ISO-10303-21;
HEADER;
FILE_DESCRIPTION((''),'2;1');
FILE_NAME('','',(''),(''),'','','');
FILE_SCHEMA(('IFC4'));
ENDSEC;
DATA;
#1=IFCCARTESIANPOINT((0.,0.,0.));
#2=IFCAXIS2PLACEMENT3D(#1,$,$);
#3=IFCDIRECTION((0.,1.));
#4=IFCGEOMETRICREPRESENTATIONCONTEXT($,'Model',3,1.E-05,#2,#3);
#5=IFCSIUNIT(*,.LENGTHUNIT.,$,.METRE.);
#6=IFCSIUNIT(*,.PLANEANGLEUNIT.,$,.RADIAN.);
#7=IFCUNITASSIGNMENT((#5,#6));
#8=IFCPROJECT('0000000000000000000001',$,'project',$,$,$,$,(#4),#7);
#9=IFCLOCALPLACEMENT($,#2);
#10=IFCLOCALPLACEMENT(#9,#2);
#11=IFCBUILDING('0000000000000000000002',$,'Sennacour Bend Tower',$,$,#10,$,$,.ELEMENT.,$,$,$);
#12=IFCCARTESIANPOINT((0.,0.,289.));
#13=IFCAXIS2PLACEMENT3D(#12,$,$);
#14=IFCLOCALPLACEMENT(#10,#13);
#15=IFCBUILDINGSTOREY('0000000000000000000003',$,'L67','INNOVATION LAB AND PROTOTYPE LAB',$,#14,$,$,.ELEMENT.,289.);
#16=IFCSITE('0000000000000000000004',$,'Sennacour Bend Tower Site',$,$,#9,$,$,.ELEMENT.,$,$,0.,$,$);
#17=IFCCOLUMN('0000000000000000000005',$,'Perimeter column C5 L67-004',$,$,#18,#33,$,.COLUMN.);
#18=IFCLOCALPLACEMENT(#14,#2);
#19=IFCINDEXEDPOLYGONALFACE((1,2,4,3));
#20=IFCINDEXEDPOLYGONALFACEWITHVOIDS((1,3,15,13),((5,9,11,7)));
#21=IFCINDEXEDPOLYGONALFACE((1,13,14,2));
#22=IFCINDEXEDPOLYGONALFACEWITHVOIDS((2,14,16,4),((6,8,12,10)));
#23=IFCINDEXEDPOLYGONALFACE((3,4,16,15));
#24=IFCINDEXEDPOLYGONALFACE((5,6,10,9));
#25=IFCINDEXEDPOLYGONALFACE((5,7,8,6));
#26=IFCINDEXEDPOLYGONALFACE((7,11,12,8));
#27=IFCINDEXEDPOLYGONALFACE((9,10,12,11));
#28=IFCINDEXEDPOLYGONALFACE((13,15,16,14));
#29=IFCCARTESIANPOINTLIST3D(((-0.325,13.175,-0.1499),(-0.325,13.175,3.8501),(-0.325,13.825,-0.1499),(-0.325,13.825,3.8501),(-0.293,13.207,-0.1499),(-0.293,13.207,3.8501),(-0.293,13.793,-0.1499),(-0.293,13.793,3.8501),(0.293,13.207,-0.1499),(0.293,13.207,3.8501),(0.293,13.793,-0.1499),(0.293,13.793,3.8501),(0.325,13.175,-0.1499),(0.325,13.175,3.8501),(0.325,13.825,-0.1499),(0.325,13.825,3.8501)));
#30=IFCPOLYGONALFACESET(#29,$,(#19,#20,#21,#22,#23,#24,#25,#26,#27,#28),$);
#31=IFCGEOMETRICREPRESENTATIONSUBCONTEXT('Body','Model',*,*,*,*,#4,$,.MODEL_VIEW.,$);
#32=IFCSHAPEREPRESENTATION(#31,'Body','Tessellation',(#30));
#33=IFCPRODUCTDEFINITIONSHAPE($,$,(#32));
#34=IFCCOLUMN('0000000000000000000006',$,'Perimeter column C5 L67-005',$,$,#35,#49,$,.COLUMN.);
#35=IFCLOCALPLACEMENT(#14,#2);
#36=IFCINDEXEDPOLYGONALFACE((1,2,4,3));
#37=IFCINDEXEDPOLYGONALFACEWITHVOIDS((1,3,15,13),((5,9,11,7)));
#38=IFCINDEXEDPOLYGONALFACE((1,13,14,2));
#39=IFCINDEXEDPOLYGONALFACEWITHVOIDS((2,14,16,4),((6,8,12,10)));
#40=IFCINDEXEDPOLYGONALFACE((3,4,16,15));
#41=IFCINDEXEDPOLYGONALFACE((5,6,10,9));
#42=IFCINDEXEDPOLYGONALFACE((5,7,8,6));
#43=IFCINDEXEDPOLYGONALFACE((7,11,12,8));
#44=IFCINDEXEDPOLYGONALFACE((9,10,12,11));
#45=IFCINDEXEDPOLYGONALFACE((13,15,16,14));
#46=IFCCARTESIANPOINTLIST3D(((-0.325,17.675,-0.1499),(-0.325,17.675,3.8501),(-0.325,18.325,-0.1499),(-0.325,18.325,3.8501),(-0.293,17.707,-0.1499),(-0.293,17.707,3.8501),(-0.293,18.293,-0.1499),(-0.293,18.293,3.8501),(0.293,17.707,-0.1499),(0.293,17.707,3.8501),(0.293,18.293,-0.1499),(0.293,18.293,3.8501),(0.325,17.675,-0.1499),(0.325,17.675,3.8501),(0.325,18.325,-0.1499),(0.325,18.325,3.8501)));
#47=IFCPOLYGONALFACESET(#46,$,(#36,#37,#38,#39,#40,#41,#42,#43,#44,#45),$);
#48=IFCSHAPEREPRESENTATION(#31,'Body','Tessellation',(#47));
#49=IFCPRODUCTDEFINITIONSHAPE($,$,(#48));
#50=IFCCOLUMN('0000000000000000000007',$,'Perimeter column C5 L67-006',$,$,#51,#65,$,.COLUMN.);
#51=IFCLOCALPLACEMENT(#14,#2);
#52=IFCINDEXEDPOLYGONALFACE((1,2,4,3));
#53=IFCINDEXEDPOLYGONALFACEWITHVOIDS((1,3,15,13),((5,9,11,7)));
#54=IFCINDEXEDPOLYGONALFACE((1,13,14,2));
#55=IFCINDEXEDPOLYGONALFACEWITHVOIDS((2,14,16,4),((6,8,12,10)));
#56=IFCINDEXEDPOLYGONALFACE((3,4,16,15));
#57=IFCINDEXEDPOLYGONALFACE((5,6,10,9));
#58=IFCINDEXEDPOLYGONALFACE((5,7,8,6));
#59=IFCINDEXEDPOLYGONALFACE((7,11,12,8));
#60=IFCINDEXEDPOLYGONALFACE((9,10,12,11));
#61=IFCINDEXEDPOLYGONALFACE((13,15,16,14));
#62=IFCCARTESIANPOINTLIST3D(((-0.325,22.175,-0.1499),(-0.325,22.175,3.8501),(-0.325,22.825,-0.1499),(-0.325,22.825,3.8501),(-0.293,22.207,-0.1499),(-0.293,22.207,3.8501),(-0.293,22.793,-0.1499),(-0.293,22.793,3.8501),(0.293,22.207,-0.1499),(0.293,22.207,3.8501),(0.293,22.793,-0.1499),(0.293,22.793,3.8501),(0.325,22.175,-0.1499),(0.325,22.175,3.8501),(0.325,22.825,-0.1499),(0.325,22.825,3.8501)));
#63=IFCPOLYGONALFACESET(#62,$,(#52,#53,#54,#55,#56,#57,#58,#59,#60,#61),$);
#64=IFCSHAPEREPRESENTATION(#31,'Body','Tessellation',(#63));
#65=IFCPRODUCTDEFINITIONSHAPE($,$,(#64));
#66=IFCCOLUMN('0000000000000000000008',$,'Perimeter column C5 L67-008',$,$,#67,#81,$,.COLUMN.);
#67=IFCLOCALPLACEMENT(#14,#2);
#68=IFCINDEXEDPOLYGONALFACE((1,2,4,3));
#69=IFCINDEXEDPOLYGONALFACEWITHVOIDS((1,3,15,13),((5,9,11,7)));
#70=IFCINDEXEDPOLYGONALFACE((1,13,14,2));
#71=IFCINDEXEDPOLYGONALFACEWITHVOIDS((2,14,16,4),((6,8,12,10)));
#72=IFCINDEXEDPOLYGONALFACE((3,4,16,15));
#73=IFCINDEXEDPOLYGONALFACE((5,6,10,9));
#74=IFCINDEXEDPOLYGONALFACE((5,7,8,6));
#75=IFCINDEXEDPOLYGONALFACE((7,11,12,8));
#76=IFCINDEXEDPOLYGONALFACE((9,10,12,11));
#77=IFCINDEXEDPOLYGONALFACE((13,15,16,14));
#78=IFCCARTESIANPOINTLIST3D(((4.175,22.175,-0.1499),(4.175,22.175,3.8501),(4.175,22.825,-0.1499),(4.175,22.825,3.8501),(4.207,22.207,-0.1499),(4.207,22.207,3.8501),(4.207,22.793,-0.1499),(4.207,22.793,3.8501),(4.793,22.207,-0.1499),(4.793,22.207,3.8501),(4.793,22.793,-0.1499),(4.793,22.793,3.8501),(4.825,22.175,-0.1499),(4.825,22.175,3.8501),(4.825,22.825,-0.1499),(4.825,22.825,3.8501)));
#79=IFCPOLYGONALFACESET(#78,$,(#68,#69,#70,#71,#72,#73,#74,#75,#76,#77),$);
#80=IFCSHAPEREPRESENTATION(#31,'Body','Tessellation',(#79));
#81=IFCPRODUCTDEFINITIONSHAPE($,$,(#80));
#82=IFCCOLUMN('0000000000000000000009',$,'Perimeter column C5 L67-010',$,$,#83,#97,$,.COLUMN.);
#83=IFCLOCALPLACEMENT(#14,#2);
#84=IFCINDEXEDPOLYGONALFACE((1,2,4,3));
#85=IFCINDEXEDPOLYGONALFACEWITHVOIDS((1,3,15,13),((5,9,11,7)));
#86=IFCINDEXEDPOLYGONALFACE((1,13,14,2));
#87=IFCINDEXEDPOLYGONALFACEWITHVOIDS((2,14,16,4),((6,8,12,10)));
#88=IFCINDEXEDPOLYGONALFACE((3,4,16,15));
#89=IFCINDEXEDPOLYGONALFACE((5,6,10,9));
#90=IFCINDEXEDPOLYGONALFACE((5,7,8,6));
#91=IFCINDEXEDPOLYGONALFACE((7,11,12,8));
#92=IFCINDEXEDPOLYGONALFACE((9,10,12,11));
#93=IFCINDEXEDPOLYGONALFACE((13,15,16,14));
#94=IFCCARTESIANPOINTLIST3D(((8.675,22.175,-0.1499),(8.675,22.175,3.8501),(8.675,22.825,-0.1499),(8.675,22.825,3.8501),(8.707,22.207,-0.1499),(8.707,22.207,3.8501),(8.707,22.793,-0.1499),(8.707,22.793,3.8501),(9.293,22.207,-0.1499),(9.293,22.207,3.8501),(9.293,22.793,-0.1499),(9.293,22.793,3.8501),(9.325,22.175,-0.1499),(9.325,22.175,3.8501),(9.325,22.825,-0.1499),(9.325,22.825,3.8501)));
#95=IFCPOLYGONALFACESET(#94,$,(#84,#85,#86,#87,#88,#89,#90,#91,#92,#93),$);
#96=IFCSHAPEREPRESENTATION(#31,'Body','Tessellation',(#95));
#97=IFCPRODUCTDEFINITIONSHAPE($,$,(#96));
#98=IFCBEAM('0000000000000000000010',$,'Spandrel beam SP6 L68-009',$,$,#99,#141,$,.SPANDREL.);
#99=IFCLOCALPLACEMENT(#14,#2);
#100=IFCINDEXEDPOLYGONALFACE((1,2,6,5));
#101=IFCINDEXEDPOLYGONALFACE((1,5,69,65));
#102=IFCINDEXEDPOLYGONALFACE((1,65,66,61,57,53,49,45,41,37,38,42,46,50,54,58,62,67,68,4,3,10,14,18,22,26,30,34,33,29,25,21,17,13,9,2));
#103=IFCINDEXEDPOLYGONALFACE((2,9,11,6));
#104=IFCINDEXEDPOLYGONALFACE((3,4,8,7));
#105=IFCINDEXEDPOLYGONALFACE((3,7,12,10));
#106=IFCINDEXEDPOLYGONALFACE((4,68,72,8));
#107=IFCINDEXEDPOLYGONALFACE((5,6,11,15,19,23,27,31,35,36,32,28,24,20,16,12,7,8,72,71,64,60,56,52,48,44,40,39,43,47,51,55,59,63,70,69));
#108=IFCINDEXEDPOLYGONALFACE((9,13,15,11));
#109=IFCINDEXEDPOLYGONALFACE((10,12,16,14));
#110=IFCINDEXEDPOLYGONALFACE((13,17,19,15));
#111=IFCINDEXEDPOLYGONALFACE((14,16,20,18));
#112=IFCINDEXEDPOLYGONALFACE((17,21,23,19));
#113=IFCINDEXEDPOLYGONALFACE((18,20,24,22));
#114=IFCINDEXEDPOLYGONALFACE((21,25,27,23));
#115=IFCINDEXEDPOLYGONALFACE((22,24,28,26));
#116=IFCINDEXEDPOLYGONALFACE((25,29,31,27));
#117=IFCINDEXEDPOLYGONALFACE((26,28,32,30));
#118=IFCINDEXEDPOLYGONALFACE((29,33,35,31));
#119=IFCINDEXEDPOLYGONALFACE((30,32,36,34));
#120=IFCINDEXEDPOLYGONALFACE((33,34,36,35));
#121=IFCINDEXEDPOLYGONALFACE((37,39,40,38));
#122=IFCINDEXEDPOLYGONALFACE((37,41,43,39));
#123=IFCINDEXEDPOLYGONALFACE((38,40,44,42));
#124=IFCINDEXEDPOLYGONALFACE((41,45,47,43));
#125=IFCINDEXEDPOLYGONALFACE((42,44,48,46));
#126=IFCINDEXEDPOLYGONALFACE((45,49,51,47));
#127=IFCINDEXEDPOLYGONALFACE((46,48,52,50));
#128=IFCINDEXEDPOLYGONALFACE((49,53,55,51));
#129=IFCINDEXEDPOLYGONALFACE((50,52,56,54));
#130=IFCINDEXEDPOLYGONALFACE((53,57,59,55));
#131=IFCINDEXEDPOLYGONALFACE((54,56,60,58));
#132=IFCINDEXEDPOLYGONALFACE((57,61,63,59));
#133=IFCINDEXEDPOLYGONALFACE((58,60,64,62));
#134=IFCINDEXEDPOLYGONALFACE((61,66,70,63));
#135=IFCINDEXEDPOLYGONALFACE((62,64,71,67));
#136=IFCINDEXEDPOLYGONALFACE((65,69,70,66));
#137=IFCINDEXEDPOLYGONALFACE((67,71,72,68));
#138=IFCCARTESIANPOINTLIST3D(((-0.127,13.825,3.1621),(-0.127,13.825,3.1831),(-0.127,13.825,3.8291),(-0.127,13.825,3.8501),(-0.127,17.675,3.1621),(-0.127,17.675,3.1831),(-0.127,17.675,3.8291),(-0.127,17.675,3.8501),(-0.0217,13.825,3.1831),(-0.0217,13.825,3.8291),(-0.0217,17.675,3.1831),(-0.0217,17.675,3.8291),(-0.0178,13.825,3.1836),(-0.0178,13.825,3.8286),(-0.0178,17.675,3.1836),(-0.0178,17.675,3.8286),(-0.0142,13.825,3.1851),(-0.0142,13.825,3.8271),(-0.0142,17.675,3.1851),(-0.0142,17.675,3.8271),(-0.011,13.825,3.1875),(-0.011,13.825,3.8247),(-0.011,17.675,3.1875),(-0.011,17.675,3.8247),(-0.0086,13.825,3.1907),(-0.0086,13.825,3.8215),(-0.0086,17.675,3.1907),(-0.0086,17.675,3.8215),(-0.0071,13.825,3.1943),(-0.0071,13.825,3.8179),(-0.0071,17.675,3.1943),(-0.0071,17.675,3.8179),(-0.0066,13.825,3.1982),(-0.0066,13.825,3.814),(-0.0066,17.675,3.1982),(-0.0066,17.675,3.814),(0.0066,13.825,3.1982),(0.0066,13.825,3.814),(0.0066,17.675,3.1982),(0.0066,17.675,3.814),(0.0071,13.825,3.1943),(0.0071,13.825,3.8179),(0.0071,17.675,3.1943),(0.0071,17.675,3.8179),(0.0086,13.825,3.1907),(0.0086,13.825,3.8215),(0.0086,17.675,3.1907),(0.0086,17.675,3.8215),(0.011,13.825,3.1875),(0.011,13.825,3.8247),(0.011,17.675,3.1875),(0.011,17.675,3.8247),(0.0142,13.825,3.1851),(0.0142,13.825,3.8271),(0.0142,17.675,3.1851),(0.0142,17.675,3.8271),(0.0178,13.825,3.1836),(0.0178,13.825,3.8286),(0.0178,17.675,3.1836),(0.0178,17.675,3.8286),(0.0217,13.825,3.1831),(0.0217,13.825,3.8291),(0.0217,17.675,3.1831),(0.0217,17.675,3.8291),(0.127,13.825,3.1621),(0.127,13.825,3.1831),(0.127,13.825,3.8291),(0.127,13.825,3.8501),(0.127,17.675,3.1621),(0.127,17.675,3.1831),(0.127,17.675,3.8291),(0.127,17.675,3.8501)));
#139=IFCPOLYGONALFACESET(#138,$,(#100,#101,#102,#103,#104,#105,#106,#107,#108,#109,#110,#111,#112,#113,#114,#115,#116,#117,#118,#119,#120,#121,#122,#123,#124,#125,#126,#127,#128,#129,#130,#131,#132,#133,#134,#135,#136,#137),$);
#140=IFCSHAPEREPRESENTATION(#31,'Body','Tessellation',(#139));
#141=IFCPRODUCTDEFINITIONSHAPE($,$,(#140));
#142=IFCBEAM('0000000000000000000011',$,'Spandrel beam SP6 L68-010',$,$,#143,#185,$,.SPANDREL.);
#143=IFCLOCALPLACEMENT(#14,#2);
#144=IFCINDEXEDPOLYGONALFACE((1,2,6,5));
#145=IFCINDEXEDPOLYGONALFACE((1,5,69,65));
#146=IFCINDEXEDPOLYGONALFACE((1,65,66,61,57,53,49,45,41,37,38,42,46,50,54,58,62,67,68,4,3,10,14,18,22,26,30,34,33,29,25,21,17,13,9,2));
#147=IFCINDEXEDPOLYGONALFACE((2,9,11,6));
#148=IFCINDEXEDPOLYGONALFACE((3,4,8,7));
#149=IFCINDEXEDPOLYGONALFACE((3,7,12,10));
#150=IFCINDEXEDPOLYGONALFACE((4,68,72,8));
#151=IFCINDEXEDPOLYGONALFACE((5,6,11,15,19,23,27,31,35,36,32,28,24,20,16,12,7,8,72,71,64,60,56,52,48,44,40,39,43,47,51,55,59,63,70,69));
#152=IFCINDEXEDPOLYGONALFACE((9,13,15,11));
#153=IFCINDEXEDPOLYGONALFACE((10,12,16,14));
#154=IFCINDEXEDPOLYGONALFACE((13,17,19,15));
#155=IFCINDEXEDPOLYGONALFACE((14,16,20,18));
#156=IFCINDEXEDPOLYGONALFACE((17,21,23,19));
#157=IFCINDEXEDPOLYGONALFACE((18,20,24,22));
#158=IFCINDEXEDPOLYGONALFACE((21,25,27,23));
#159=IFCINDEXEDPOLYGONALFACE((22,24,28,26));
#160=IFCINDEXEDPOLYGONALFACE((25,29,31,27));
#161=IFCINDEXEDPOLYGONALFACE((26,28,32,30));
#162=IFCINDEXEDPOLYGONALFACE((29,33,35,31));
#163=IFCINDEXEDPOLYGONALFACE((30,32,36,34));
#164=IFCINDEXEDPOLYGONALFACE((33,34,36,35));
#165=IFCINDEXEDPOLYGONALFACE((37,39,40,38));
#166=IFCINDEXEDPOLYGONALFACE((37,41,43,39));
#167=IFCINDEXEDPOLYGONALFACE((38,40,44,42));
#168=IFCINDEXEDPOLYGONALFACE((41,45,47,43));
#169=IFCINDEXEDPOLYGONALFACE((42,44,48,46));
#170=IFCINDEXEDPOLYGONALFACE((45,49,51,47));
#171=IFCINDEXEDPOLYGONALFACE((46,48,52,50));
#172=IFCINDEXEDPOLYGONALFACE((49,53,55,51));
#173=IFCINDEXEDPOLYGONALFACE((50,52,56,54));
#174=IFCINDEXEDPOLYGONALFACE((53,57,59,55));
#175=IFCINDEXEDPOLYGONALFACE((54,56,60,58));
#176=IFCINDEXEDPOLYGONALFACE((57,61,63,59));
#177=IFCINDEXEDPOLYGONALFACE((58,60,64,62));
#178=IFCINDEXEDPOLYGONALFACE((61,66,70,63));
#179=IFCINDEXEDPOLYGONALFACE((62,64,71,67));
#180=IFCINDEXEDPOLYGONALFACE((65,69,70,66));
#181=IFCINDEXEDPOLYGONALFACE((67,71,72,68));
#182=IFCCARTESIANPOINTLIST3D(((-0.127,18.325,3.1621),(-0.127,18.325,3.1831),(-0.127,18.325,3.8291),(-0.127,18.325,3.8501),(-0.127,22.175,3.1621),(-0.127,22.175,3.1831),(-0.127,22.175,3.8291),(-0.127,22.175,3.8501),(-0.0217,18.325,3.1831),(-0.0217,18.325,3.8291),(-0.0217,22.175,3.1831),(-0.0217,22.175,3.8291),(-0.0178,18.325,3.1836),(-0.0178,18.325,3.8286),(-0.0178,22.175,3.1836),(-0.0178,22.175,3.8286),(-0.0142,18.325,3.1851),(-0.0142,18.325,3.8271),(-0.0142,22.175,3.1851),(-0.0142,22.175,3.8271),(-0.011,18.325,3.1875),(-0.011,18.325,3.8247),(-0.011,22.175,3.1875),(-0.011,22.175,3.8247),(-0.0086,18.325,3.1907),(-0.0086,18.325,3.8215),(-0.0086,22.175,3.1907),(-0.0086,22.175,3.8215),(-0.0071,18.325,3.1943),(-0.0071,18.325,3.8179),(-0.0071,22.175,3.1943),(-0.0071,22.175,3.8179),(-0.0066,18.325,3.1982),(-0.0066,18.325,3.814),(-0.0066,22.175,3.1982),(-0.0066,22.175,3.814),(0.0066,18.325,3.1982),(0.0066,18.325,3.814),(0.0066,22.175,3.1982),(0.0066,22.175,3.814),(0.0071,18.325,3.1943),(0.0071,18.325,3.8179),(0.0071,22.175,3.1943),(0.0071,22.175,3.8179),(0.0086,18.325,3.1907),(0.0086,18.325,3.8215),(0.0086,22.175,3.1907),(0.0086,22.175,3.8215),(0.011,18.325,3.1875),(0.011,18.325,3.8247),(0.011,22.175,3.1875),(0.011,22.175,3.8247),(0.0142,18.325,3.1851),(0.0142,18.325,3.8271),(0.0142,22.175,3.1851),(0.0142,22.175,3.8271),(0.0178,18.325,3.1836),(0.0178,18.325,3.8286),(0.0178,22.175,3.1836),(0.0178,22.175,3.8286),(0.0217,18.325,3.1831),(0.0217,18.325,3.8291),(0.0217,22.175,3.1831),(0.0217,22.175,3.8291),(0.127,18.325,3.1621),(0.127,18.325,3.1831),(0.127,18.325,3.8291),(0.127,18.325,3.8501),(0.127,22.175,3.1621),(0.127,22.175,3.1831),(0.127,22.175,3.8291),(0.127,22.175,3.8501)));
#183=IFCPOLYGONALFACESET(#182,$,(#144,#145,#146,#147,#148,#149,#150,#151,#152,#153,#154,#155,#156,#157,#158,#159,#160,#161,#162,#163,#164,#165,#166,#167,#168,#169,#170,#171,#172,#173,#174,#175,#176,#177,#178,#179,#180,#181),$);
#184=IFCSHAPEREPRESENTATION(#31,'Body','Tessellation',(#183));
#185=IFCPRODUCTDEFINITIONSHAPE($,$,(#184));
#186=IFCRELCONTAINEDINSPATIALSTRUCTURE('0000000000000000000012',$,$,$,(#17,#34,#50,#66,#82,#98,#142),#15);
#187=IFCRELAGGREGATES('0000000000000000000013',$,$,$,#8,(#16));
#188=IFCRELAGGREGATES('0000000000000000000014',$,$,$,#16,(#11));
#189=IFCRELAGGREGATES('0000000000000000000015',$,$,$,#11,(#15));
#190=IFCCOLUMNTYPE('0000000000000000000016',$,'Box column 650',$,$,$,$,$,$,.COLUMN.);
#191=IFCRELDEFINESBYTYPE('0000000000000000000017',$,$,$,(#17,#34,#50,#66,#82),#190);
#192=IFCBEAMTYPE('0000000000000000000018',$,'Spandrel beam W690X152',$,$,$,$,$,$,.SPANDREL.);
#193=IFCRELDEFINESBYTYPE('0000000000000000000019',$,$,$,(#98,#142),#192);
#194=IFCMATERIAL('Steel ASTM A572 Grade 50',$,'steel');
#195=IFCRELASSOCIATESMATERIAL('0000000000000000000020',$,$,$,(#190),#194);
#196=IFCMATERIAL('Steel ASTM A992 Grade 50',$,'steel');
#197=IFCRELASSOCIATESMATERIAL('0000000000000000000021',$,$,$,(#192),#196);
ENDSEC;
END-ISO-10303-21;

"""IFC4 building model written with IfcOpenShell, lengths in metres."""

from ifc_helpers import new_model, si_unit, direction, frame, origin, origin_2d, place, context, subcontext, project, spatial, hollow_rectangle, i_section, extrude, material, material_profile, profile_set, type_object, element, save


model = new_model("IFC4")

# Units and contexts
model_context = context("Model", 3, precision=1e-05, world=origin(), true_north=direction((0.0, 1.0)))
body_context = subcontext(model_context, "Body", "Model", "MODEL_VIEW")
ifc_project = project(units=[si_unit("LENGTHUNIT", "METRE"), si_unit("PLANEANGLEUNIT", "RADIAN")], contexts=[model_context])

# Site, building, storey
site_placement = place(None, origin())
site = spatial("IfcSite", under=ifc_project, at=site_placement, Name="Sennacour Bend Tower Site", CompositionType="ELEMENT", RefElevation=0.0)
building_placement = place(site_placement, origin())
building = spatial("IfcBuilding", under=site, at=building_placement, Name="Sennacour Bend Tower", CompositionType="ELEMENT")
storey_placement = place(building_placement, frame((0.0, 0.0, 289.0)))
storey = spatial("IfcBuildingStorey", under=building, at=storey_placement, Name="L67", Description="INNOVATION LAB AND PROTOTYPE LAB", CompositionType="ELEMENT", Elevation=289.0)

# Columns
ifc_material_1 = material(Name="Steel ASTM A572 Grade 50", Category="steel")
ifc_material_profile_1 = material_profile(ifc_material_1, hollow_rectangle(XDim=0.6499, YDim=0.6499, WallThickness=0.032, at=origin_2d()), Name="Steel ASTM A572 Grade 50", Category="steel")
ifc_profile_set_1 = profile_set([ifc_material_profile_1], Name="Steel ASTM A572 Grade 50")
column_type = type_object("IfcColumnType", Name="Box column 650", PredefinedType="COLUMN", material=ifc_profile_set_1)
for number, where, z_axis, x_axis, name in (
    (1, (0.0, 13.5, -0.1499), (0.0, 0.0, 1.0), (1.0, 0.0, 0.0), "Perimeter column C5 L67-004"),
    (2, (0.0, 18.0, -0.1499), (0.0, 0.0, 1.0), (1.0, 0.0, 0.0), "Perimeter column C5 L67-005"),
    (3, (0.0, 22.5, -0.1499), (0.0, 0.0, 1.0), (1.0, 0.0, 0.0), "Perimeter column C5 L67-006"),
    (4, (4.5, 22.5, -0.1499), (0.0, 0.0, 1.0), (1.0, 0.0, 0.0), "Perimeter column C5 L67-008"),
    (5, (9.0, 22.5, -0.1499), (0.0, 0.0, 1.0), (1.0, 0.0, 0.0), "Perimeter column C5 L67-010"),
):
    element("IfcColumn", number, at=place(storey_placement, frame(where, z_axis=z_axis, x_axis=x_axis)), inside=storey, type_object=column_type, Name=name, PredefinedType="COLUMN", context=body_context, shape_type="SweptSolid", body=[
        extrude(hollow_rectangle(XDim=0.6499, YDim=0.6499, WallThickness=0.032, at=origin_2d()), origin(), (0.0, 0.0, 1.0), 4.0),
    ])

# Beams
ifc_material_2 = material(Name="Steel ASTM A992 Grade 50", Category="steel")
ifc_material_profile_2 = material_profile(ifc_material_2, i_section(OverallWidth=0.2539, OverallDepth=0.688, WebThickness=0.0132, FlangeThickness=0.021, FilletRadius=0.0151, at=origin_2d()), Name="Steel ASTM A992 Grade 50", Category="steel")
ifc_profile_set_2 = profile_set([ifc_material_profile_2], Name="Steel ASTM A992 Grade 50")
beam_type = type_object("IfcBeamType", Name="Spandrel beam W690X152", PredefinedType="SPANDREL", material=ifc_profile_set_2)
for number, where, z_axis, x_axis, name in (
    (6, (0.0, 13.825, 3.5061), (0.0, 1.0, 0.0), (-1.0, 0.0, 0.0), "Spandrel beam SP6 L68-009"),
    (7, (0.0, 18.325, 3.5061), (0.0, 1.0, 0.0), (-1.0, 0.0, 0.0), "Spandrel beam SP6 L68-010"),
):
    element("IfcBeam", number, at=place(storey_placement, frame(where, z_axis=z_axis, x_axis=x_axis)), inside=storey, type_object=beam_type, Name=name, PredefinedType="SPANDREL", context=body_context, shape_type="SweptSolid", body=[
        extrude(i_section(OverallWidth=0.2539, OverallDepth=0.688, WebThickness=0.0132, FlangeThickness=0.021, FilletRadius=0.0151, at=origin_2d()), origin(), (0.0, 0.0, 1.0), 3.8501),
    ])

save(model, "model.ifc")
